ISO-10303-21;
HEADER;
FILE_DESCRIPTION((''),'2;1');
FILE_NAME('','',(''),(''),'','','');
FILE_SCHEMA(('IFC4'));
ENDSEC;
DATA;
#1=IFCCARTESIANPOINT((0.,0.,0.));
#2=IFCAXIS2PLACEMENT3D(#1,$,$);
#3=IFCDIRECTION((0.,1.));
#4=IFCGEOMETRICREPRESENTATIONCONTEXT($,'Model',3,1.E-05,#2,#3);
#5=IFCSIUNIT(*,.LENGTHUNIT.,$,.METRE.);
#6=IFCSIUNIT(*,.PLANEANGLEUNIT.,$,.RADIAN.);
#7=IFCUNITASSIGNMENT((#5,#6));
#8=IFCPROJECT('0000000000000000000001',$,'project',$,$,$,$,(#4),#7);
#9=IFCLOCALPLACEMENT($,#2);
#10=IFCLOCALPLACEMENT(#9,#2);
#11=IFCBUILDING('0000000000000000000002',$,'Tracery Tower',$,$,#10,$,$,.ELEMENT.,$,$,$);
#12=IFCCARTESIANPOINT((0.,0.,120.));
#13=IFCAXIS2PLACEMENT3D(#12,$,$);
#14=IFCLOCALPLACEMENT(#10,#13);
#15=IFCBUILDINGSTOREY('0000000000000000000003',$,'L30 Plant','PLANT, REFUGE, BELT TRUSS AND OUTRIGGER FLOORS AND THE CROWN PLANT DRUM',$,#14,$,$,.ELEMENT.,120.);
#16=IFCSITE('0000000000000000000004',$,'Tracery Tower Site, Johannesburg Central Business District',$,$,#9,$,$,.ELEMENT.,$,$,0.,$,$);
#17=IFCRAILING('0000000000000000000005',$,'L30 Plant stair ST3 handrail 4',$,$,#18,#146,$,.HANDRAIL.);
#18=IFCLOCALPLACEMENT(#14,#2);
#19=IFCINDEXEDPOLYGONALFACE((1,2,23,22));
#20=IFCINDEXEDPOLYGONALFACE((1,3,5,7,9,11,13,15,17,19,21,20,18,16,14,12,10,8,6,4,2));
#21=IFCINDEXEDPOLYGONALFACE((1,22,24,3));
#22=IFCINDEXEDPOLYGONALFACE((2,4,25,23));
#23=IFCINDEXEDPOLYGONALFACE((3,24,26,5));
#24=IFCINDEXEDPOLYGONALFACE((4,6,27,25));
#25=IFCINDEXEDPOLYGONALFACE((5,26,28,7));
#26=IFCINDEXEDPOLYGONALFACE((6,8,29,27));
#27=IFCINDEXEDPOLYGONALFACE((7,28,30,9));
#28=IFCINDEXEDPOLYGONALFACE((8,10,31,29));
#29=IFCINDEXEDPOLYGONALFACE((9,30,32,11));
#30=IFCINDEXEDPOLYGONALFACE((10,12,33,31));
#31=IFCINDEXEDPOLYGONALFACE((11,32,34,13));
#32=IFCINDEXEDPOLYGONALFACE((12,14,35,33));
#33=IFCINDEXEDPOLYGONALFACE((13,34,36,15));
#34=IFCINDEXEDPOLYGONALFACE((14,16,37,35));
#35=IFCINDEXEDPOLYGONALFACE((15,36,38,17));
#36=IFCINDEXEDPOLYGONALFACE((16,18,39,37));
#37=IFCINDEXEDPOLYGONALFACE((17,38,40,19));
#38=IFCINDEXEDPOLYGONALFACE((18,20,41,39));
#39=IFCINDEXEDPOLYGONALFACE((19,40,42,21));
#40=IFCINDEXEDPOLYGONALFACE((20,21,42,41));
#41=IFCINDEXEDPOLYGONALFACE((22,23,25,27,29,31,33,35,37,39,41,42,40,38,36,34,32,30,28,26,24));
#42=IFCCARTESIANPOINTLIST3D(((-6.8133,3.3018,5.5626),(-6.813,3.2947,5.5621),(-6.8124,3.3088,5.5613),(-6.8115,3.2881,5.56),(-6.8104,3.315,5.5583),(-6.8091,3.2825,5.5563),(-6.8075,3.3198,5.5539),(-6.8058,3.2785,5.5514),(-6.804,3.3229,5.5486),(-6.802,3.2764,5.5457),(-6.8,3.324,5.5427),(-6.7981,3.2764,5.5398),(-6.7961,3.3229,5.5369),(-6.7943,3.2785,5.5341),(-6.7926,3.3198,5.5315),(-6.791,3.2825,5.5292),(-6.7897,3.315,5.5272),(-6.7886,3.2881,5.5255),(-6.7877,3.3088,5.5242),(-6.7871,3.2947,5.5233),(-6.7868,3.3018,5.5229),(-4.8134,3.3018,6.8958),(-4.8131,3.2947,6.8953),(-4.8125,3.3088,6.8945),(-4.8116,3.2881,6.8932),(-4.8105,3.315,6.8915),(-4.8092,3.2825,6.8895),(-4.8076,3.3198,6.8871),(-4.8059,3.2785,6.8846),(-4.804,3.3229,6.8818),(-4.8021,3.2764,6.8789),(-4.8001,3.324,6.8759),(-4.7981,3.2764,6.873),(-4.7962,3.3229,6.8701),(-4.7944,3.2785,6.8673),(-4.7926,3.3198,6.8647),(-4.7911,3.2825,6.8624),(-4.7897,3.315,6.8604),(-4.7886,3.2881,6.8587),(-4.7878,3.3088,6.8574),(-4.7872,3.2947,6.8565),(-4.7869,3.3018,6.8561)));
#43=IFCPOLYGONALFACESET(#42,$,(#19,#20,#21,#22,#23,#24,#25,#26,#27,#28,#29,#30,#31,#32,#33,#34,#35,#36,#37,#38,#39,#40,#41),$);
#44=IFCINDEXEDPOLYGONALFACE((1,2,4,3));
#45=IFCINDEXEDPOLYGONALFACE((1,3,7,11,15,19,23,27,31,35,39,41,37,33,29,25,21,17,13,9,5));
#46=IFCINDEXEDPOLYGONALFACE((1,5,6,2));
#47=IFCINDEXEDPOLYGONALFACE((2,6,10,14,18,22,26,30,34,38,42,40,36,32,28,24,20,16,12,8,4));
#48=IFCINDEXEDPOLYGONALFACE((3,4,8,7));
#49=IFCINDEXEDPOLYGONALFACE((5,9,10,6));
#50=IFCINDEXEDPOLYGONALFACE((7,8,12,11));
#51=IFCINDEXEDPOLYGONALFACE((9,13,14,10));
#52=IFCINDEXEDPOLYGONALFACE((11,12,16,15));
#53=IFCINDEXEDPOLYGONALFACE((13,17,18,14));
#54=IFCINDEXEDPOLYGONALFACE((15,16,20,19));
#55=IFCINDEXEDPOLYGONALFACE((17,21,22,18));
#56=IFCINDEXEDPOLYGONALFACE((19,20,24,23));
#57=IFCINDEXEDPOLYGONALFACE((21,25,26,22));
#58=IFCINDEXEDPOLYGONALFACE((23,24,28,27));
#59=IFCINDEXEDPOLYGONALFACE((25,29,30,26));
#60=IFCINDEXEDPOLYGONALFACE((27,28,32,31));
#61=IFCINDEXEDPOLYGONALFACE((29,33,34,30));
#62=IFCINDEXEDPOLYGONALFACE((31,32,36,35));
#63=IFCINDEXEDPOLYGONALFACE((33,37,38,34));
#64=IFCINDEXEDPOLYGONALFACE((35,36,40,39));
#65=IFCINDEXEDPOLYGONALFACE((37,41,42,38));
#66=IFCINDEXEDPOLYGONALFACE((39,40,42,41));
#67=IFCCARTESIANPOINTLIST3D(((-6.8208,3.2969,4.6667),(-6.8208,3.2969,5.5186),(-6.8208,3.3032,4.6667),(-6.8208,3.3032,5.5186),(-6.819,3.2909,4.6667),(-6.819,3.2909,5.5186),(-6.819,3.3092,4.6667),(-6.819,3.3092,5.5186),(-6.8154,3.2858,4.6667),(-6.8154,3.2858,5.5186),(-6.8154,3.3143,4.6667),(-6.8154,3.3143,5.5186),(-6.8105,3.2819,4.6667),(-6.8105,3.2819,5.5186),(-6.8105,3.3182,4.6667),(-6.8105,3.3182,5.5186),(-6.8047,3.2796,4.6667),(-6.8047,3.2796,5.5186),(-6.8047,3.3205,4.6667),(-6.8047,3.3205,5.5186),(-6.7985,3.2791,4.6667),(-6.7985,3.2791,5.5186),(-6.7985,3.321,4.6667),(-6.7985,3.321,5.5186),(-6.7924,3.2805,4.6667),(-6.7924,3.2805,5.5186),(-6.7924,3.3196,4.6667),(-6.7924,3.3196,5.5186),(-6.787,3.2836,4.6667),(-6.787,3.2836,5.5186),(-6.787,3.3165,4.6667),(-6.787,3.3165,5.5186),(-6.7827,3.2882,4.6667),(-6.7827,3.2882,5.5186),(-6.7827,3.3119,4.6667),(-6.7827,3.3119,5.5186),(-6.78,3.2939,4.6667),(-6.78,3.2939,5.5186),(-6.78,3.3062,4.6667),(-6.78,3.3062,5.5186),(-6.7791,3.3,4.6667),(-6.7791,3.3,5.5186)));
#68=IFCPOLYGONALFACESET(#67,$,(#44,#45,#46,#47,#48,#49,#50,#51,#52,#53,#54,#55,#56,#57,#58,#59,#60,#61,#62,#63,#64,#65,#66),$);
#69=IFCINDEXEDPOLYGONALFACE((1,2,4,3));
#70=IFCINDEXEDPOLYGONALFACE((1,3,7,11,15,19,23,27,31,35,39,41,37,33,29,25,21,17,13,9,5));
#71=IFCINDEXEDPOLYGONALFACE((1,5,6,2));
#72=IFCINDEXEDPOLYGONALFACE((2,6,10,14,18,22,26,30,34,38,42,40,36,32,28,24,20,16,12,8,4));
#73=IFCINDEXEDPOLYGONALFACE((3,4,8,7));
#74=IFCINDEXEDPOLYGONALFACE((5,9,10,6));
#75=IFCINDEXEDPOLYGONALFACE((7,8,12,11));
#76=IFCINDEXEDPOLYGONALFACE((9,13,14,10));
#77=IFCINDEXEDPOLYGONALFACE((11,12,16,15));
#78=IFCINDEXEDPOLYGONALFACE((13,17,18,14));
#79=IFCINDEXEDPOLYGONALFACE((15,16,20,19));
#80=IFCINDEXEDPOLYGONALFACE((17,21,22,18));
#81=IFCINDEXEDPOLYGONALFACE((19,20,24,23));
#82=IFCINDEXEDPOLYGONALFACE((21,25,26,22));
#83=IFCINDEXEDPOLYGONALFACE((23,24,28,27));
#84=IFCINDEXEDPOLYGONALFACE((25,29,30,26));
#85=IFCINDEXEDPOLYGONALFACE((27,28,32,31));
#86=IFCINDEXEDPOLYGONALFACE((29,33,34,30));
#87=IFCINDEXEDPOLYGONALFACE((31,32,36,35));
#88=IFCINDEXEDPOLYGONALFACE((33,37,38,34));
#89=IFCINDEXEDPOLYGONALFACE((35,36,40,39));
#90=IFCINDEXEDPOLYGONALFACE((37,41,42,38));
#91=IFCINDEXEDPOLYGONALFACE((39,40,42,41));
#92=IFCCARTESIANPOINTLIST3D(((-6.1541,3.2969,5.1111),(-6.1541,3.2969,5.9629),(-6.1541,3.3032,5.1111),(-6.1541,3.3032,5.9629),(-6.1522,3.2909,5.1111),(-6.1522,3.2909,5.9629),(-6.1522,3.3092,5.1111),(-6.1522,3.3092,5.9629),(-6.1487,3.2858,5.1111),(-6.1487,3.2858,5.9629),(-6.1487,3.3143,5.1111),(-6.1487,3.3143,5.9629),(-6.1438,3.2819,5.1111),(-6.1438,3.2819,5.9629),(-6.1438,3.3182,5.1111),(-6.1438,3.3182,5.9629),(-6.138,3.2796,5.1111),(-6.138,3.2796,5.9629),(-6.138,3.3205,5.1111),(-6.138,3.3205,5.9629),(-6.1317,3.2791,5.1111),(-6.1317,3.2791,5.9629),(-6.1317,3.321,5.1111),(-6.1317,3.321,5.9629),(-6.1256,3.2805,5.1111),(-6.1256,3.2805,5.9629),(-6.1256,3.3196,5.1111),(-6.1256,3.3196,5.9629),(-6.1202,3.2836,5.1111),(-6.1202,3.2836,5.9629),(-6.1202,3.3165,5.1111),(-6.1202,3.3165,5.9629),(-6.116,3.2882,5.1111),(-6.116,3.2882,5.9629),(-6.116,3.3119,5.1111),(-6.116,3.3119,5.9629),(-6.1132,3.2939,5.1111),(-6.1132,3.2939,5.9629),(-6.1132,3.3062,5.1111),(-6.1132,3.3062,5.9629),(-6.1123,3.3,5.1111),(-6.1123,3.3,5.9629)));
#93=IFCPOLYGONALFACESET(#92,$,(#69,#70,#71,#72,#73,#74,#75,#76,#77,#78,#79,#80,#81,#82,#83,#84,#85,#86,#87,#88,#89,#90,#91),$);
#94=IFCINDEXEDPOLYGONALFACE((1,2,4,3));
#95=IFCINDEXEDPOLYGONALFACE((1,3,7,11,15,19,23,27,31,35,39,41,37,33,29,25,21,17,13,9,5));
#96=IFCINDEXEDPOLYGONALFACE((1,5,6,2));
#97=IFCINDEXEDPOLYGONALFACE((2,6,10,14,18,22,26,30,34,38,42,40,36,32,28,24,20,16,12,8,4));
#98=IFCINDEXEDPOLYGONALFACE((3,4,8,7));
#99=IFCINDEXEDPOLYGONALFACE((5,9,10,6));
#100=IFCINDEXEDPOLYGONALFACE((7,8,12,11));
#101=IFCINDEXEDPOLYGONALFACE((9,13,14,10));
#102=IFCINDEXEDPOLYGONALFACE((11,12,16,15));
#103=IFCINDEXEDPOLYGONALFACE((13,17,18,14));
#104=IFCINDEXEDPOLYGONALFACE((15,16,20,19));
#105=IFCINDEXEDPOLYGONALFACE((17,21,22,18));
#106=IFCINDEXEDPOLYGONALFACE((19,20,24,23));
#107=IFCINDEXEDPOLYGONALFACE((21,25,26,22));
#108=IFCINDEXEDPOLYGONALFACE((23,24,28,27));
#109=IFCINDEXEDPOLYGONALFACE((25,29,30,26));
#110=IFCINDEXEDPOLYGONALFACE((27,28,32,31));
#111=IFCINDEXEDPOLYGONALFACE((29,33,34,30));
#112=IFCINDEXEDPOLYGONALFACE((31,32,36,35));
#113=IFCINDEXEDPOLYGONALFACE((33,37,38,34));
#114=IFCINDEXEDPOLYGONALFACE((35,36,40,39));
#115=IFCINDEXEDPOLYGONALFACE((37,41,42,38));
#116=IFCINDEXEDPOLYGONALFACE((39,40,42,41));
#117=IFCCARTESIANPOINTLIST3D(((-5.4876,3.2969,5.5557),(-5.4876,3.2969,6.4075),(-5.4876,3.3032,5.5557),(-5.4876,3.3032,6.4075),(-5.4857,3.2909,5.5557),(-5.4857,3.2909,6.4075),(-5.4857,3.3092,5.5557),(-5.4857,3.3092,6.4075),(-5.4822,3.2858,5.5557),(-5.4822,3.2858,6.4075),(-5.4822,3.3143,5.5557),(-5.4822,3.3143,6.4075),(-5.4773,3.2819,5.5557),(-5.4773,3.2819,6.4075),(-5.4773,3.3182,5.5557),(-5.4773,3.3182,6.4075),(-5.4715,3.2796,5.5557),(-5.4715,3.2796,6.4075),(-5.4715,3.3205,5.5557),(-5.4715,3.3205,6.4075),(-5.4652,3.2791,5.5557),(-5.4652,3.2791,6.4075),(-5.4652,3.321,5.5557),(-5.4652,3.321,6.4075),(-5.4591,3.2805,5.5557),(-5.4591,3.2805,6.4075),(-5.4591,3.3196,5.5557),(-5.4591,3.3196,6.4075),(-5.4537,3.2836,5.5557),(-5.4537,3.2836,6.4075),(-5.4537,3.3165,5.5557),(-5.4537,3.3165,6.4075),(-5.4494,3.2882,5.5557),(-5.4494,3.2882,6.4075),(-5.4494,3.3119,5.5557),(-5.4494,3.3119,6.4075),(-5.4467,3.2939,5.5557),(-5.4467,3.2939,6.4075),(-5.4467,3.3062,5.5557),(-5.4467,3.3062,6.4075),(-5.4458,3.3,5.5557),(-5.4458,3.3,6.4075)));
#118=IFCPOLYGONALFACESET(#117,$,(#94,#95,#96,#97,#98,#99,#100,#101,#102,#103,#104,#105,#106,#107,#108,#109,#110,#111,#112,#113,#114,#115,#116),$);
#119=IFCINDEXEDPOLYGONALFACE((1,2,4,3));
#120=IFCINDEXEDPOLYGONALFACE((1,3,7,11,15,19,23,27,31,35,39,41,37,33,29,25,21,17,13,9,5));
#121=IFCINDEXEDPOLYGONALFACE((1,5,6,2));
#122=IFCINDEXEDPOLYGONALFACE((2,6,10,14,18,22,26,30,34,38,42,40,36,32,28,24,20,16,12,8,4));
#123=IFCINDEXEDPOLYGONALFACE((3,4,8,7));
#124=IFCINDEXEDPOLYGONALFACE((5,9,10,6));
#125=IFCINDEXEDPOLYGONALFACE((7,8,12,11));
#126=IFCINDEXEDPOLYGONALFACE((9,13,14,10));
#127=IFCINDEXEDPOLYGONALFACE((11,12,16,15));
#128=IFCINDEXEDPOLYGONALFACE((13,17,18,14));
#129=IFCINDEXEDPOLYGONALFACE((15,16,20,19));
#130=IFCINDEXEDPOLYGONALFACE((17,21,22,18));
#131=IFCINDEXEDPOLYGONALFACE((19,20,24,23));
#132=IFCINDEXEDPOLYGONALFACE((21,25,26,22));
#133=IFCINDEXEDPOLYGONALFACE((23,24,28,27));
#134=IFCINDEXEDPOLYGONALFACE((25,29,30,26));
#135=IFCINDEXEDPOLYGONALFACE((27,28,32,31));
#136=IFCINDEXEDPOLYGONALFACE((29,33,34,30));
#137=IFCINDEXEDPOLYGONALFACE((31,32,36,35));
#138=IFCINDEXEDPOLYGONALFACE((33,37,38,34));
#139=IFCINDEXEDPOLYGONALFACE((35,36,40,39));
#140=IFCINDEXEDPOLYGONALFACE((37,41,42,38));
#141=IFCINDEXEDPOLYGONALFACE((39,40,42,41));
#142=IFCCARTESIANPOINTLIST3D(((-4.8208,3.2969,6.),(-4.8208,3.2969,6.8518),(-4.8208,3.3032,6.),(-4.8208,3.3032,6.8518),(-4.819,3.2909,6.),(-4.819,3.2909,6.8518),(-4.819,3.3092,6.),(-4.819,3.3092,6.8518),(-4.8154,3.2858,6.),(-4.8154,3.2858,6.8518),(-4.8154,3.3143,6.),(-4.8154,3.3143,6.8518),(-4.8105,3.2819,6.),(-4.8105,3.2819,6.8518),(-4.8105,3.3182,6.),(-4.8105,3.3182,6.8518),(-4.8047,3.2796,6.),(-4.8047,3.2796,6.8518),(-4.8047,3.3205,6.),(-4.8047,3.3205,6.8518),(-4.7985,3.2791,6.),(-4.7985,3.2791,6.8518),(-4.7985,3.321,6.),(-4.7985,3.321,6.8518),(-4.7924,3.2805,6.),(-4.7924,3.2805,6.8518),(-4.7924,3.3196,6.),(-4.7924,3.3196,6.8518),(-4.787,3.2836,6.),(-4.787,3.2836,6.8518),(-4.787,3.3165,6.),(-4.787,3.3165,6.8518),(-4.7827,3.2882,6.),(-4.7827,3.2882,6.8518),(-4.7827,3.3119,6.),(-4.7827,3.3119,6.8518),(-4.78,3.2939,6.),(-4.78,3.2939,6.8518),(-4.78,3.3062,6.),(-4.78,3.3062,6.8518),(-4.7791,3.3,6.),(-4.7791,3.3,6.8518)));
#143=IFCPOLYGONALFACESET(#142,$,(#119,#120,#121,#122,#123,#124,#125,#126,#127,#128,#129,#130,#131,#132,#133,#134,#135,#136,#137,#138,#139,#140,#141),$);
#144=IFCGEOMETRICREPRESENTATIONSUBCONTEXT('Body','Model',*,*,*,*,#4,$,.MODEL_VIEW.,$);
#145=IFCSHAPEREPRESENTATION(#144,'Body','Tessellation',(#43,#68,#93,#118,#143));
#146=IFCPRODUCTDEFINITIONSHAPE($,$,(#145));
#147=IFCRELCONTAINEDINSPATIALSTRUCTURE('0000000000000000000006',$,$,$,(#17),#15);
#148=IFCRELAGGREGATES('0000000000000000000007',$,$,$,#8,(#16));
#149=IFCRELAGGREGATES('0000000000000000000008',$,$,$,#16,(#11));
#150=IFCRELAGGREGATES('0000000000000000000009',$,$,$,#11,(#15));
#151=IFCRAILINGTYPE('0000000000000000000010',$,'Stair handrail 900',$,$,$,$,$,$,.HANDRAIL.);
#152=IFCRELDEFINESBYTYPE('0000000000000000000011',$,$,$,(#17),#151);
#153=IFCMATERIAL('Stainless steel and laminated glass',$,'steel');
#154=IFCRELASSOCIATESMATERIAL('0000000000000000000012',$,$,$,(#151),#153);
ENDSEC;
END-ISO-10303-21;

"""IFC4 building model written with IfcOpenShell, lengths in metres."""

from ifc_helpers import new_model, si_unit, direction, frame, origin, origin_2d, place, context, subcontext, project, spatial, circle, extrude, material, type_object, element, save


model = new_model("IFC4")

# Units and contexts
model_context = context("Model", 3, precision=1e-05, world=origin(), true_north=direction((0.0, 1.0)))
body_context = subcontext(model_context, "Body", "Model", "MODEL_VIEW")
ifc_project = project(units=[si_unit("LENGTHUNIT", "METRE"), si_unit("PLANEANGLEUNIT", "RADIAN")], contexts=[model_context])

# Site, building, storey
site_placement = place(None, origin())
site = spatial("IfcSite", under=ifc_project, at=site_placement, Name="Tracery Tower Site, Johannesburg Central Business District", CompositionType="ELEMENT", RefElevation=0.0)
building_placement = place(site_placement, origin())
building = spatial("IfcBuilding", under=site, at=building_placement, Name="Tracery Tower", CompositionType="ELEMENT")
storey_placement = place(building_placement, frame((0.0, 0.0, 120.0)))
storey = spatial("IfcBuildingStorey", under=building, at=storey_placement, Name="L30 Plant", Description="PLANT, REFUGE, BELT TRUSS AND OUTRIGGER FLOORS AND THE CROWN PLANT DRUM", CompositionType="ELEMENT", Elevation=120.0)

# Railing
ifc_material_1 = material(Name="Stainless steel and laminated glass", Category="steel")
railing_type_1 = type_object("IfcRailingType", Name="Stair handrail 900", PredefinedType="HANDRAIL", material=ifc_material_1)
railing_1_placement = place(storey_placement, frame((-6.8, 3.3, 4.6667)))
element("IfcRailing", 1, at=railing_1_placement, inside=storey, type_object=railing_type_1, Name="L30 Plant stair ST3 handrail 4", PredefinedType="HANDRAIL", context=body_context, shape_type="SweptSolid", body=[
    extrude(circle(Radius=0.0239, at=origin_2d()), frame((0.0, 0.0, 0.876), z_axis=(0.832066, 0.0, 0.554677), x_axis=(0.0, 1.0, 0.0)), (0.0, 0.0, 1.0), 2.4036),
    extrude(circle(Radius=0.021, at=origin_2d()), origin(), (0.0, 0.0, 1.0), 0.8518),
    extrude(circle(Radius=0.021, at=origin_2d()), frame((0.6667, 0.0, 0.4443)), (0.0, 0.0, 1.0), 0.8518),
    extrude(circle(Radius=0.021, at=origin_2d()), frame((1.3333, 0.0, 0.8889)), (0.0, 0.0, 1.0), 0.8518),
    extrude(circle(Radius=0.021, at=origin_2d()), frame((2.0, 0.0, 1.3333)), (0.0, 0.0, 1.0), 0.8518),
])

save(model, "model.ifc")
